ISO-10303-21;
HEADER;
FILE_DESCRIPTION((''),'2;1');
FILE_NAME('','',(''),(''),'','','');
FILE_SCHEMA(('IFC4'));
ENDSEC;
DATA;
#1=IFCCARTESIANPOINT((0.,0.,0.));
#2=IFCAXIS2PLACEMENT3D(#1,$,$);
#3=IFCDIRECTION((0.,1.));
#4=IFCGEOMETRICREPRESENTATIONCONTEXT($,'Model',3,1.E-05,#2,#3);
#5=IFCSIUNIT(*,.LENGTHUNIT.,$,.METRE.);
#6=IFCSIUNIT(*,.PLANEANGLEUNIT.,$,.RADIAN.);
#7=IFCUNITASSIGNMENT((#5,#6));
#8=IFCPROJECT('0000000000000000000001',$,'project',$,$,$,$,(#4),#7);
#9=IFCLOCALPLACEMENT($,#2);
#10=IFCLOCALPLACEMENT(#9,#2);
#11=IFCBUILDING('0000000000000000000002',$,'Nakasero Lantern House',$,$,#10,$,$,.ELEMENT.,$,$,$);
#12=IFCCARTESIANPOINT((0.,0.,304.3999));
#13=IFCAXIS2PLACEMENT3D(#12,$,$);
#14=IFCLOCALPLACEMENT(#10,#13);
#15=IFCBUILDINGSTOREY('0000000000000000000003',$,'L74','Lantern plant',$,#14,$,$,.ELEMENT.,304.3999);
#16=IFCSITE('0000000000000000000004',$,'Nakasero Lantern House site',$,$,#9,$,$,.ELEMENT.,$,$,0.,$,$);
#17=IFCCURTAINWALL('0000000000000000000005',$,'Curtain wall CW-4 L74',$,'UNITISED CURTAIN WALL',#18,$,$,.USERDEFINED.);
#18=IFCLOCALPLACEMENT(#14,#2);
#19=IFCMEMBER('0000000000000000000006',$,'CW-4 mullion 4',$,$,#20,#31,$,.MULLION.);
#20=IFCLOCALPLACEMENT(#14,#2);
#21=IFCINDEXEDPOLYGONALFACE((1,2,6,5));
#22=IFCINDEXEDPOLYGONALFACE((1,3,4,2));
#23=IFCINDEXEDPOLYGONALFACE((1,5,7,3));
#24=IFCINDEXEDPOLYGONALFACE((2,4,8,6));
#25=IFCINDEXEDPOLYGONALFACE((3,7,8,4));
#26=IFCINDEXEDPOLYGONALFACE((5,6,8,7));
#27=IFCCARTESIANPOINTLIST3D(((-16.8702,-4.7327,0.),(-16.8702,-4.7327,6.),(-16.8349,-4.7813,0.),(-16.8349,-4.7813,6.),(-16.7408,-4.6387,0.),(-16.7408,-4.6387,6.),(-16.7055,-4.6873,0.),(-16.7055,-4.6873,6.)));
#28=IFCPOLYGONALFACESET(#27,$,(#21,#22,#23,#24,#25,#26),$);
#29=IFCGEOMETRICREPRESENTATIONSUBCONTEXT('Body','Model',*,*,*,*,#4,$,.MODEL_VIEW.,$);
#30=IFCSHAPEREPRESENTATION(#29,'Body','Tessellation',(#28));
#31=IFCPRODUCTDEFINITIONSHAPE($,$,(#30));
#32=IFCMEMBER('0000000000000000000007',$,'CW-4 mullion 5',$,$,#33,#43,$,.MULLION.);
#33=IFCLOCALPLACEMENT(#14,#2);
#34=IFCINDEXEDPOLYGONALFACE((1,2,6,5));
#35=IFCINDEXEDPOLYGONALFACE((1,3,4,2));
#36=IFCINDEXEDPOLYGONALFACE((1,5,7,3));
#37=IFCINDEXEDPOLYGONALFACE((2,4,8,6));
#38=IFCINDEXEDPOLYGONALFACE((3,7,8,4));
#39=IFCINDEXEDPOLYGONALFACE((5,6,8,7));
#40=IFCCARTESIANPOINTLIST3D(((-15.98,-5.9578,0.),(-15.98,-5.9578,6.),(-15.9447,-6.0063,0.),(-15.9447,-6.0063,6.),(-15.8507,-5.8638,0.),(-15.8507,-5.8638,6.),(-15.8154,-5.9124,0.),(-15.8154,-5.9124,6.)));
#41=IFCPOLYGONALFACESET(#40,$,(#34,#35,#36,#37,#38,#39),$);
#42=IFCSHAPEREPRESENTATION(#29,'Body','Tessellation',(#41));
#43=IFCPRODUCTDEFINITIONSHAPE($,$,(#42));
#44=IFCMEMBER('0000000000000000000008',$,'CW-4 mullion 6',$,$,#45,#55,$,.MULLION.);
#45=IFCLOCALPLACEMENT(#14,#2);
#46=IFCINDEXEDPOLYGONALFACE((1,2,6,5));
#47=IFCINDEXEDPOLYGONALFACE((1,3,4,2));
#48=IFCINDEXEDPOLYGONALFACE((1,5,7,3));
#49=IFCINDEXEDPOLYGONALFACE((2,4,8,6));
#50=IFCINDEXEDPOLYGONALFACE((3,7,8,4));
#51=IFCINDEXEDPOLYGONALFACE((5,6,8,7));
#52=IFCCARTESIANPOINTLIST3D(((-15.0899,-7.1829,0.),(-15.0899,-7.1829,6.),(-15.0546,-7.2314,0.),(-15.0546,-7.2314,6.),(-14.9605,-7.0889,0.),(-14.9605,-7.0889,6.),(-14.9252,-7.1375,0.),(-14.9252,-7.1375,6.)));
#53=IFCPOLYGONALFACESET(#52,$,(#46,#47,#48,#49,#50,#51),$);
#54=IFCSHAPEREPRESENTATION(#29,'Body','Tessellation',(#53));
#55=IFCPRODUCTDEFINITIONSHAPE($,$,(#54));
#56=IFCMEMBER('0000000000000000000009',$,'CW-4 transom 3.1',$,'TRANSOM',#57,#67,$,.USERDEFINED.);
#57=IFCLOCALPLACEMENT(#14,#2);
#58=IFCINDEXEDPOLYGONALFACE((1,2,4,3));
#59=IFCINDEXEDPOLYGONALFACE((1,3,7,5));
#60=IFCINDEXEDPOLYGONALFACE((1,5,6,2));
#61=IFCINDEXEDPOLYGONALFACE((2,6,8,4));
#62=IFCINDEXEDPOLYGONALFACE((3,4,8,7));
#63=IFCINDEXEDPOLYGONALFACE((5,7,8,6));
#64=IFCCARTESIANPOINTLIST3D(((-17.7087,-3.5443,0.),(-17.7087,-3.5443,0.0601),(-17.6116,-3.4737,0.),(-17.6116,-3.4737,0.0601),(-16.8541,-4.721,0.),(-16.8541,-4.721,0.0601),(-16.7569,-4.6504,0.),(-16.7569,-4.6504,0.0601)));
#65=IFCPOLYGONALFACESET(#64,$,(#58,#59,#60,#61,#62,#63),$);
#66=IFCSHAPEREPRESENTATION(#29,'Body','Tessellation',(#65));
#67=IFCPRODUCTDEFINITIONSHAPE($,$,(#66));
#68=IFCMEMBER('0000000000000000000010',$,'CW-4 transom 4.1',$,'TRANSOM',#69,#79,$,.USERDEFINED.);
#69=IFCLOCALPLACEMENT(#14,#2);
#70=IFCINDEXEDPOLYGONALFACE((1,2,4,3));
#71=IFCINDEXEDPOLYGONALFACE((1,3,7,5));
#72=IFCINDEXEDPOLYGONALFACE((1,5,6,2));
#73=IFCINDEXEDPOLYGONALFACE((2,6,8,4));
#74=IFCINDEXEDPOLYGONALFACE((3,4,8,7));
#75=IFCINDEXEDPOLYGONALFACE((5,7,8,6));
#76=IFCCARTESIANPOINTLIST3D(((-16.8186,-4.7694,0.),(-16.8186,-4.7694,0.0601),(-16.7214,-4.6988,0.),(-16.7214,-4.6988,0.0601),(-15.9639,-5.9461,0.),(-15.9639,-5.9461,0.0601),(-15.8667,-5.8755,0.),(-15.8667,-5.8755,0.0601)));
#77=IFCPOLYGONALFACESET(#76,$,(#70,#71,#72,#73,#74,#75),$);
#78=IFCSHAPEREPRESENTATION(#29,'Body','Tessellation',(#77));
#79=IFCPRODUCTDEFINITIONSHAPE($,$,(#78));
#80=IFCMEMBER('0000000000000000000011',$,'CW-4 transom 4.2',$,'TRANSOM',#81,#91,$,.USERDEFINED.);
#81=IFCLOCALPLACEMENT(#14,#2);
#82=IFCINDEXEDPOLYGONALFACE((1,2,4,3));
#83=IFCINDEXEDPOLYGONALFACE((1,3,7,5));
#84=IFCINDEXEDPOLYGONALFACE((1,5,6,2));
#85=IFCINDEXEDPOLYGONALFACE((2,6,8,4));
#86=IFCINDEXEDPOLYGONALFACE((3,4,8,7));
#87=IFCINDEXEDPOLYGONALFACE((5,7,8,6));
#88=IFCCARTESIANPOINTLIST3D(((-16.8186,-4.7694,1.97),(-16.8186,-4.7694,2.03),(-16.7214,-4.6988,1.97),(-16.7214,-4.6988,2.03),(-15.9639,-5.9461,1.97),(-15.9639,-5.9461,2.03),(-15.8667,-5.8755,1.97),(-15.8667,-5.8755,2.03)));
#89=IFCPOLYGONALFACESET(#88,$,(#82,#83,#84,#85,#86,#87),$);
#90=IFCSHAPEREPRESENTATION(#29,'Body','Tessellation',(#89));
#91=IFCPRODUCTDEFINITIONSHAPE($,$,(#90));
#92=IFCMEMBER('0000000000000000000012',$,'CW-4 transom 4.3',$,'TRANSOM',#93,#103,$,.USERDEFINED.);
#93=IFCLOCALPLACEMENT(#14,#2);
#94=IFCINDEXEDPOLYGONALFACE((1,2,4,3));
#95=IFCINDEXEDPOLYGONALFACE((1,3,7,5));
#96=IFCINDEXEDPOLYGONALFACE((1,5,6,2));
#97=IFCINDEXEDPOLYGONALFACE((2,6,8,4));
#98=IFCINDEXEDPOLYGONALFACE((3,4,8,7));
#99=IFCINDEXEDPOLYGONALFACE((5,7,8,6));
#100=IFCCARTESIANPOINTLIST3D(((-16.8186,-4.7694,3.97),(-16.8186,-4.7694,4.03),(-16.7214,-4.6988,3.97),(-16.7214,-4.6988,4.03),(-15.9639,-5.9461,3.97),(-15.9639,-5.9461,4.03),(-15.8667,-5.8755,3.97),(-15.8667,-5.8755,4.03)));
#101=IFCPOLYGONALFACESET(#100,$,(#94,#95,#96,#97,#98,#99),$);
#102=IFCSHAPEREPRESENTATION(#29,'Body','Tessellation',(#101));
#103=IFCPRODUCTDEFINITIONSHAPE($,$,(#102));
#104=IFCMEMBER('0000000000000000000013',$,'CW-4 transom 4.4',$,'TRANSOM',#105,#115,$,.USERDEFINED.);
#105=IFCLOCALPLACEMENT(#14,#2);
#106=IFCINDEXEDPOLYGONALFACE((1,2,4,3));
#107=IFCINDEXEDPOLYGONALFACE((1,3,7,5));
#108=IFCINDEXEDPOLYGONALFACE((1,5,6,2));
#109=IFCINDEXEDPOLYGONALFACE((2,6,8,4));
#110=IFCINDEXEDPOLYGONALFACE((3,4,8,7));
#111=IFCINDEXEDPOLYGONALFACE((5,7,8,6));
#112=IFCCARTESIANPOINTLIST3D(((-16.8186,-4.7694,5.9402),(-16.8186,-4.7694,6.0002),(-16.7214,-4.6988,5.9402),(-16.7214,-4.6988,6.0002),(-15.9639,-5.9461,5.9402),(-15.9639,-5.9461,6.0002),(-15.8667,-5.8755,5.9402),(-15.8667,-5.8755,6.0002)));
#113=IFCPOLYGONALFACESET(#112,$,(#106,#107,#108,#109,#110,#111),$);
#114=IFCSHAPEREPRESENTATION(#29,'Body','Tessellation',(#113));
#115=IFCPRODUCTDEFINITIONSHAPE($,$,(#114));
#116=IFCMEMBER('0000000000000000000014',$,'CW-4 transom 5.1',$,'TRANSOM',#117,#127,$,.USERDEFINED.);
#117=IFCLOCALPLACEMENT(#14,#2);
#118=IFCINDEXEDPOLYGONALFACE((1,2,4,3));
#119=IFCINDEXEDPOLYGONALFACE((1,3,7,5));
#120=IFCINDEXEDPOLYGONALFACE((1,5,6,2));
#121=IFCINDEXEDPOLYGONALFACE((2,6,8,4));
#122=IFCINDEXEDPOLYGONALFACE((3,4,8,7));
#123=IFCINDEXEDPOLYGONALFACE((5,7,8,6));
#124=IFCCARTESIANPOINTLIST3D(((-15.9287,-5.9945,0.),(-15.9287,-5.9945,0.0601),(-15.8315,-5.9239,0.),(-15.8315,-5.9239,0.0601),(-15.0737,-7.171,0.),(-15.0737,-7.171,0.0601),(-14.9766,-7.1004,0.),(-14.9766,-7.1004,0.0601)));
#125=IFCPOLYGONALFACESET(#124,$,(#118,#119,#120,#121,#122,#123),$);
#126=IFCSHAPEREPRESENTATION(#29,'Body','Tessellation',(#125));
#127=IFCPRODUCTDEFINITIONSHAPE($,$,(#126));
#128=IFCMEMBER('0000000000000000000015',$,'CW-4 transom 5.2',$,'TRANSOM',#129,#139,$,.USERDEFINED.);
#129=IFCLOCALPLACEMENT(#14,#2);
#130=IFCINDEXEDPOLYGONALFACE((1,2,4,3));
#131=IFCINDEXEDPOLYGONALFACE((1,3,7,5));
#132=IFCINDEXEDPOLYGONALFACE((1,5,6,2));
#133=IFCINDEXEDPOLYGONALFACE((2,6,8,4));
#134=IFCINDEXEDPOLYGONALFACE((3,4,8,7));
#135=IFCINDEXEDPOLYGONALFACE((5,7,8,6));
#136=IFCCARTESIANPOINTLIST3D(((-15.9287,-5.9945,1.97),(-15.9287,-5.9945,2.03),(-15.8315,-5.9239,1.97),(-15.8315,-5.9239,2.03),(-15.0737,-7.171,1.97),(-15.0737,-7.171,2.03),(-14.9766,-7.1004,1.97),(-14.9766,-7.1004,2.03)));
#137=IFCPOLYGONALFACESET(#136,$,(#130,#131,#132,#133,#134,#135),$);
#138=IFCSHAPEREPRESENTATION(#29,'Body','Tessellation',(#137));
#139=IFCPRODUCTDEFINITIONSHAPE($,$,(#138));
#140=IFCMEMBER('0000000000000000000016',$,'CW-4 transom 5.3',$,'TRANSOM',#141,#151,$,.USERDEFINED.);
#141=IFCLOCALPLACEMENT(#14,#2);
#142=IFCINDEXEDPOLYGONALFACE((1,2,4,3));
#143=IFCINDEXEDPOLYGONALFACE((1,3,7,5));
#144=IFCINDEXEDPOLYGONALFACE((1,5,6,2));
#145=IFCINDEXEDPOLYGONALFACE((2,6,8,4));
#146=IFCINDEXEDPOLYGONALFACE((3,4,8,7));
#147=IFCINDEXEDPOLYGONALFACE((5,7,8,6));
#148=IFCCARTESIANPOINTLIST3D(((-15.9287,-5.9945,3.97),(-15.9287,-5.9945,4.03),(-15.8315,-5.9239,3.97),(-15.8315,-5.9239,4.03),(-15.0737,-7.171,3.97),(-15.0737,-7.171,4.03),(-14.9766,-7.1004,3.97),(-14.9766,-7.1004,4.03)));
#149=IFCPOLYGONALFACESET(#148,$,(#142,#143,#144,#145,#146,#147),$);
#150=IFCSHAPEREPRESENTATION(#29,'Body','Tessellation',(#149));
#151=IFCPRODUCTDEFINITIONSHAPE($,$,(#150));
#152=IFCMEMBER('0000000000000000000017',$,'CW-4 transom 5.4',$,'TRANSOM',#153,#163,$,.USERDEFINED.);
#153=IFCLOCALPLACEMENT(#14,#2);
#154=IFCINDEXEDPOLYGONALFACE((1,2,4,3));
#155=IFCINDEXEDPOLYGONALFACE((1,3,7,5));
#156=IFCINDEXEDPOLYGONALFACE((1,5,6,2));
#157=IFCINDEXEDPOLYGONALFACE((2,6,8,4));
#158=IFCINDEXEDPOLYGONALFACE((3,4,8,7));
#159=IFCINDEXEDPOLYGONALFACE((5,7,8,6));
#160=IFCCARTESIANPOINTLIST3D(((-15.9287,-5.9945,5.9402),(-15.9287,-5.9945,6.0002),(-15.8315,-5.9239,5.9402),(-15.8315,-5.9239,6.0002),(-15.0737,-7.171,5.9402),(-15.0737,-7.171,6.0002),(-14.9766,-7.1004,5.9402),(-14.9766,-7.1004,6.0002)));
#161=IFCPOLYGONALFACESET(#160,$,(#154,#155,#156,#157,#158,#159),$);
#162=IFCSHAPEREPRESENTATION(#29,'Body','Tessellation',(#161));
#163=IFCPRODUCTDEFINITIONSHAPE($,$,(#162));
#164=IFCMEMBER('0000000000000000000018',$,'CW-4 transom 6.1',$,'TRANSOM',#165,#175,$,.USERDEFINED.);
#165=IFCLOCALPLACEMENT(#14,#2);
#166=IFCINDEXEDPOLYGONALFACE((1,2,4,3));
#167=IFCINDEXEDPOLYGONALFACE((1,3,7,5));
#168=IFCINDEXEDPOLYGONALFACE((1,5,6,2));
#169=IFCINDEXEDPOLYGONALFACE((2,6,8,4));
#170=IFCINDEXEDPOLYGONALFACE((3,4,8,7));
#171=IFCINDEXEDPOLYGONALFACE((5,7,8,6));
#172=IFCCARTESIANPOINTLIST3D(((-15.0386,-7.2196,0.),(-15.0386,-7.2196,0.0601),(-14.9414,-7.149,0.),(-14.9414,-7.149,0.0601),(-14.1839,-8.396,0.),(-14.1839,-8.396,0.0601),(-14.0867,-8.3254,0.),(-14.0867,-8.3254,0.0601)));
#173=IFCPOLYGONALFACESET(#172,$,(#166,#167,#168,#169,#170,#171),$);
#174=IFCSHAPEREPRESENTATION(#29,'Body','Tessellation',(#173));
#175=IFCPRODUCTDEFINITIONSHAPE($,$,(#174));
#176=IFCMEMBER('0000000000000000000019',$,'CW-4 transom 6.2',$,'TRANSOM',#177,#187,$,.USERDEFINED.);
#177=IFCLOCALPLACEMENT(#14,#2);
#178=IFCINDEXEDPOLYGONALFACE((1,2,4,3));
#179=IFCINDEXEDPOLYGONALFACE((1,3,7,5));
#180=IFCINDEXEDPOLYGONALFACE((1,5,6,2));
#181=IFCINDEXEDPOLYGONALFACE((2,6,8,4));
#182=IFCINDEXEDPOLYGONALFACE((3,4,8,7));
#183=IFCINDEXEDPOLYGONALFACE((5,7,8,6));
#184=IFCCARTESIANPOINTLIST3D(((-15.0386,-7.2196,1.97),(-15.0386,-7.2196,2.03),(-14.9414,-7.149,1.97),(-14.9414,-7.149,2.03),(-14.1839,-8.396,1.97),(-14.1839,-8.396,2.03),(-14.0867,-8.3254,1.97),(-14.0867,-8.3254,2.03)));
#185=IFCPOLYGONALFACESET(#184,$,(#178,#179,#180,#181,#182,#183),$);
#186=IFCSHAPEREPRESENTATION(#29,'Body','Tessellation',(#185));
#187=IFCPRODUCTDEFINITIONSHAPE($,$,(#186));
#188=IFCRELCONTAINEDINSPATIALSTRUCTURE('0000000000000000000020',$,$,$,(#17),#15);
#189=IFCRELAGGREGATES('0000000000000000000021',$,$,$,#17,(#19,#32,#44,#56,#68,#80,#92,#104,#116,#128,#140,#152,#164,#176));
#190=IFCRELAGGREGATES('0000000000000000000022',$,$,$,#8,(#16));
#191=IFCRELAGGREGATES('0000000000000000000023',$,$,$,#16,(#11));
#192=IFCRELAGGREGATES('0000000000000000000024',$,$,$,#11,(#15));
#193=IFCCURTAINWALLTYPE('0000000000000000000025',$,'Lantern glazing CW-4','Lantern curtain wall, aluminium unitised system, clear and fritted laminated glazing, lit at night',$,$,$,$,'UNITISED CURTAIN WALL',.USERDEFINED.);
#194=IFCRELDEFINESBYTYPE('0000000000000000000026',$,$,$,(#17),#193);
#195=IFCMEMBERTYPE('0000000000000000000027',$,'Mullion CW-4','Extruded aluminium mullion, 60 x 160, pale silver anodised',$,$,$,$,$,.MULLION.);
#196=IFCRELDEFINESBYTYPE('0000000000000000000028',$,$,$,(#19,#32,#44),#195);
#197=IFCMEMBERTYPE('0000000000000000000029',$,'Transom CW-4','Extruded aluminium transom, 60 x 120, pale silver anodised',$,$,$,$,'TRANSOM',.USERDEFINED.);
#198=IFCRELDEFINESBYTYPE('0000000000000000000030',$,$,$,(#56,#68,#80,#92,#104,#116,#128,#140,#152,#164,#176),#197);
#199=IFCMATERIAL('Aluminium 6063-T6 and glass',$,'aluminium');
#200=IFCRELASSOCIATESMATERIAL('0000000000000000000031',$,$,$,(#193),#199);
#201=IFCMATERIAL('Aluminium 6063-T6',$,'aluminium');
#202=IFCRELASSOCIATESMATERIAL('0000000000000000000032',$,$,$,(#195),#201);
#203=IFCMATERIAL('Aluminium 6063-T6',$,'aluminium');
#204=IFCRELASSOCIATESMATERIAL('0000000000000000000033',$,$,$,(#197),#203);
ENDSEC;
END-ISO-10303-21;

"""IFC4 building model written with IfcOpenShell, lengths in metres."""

from ifc_helpers import new_model, si_unit, direction, frame, origin, origin_2d, place, context, subcontext, project, spatial, rectangle, extrude, material, material_profile, profile_set, type_object, element, aggregate, save


model = new_model("IFC4")

# Units and contexts
model_context = context("Model", 3, precision=1e-05, world=origin(), true_north=direction((0.0, 1.0)))
body_context = subcontext(model_context, "Body", "Model", "MODEL_VIEW")
ifc_project = project(units=[si_unit("LENGTHUNIT", "METRE"), si_unit("PLANEANGLEUNIT", "RADIAN")], contexts=[model_context])

# Site, building, storey
site_placement = place(None, origin())
site = spatial("IfcSite", under=ifc_project, at=site_placement, Name="Nakasero Lantern House site", CompositionType="ELEMENT", RefElevation=0.0)
building_placement = place(site_placement, origin())
building = spatial("IfcBuilding", under=site, at=building_placement, Name="Nakasero Lantern House", CompositionType="ELEMENT")
storey_placement = place(building_placement, frame((0.0, 0.0, 304.3999)))
storey = spatial("IfcBuildingStorey", under=building, at=storey_placement, Name="L74", Description="Lantern plant", CompositionType="ELEMENT", Elevation=304.3999)

# Curtain wall, members
ifc_material_1 = material(Name="Aluminium 6063-T6 and glass", Category="aluminium")
curtain_wall_type = type_object("IfcCurtainWallType", Name="Lantern glazing CW-4", Description="Lantern curtain wall, aluminium unitised system, clear and fritted laminated glazing, lit at night", ElementType="UNITISED CURTAIN WALL", PredefinedType="USERDEFINED", material=ifc_material_1)
curtain_wall_placement = place(storey_placement, origin())
curtain_wall = element("IfcCurtainWall", 1, at=curtain_wall_placement, inside=storey, type_object=curtain_wall_type, Name="Curtain wall CW-4 L74", ObjectType="UNITISED CURTAIN WALL", PredefinedType="USERDEFINED")
ifc_material_2 = material(Name="Aluminium 6063-T6", Category="aluminium")
ifc_material_profile_1 = material_profile(ifc_material_2, rectangle(XDim=0.0601, YDim=0.1599, at=origin_2d()), Name="CW-4 mullion 60x160")
ifc_profile_set_1 = profile_set([ifc_material_profile_1], Name="Aluminium 6063-T6")
member_type_1 = type_object("IfcMemberType", Name="Mullion CW-4", Description="Extruded aluminium mullion, 60 x 160, pale silver anodised", PredefinedType="MULLION", material=ifc_profile_set_1)
member_1_placement = place(storey_placement, frame((-16.7878, -4.71, 0.0), z_axis=(0.0, 0.0, 1.0), x_axis=(0.587785, -0.809017, 0.0)))
member_1 = element("IfcMember", 2, at=member_1_placement, type_object=member_type_1, Name="CW-4 mullion 4", PredefinedType="MULLION", context=body_context, shape_type="SweptSolid", body=[
    extrude(rectangle(XDim=0.0601, YDim=0.1599, at=origin_2d()), origin(), (0.0, 0.0, 1.0), 6.0),
])
member_2_placement = place(storey_placement, frame((-15.8977, -5.9351, 0.0), z_axis=(0.0, 0.0, 1.0), x_axis=(0.587785, -0.809017, 0.0)))
member_2 = element("IfcMember", 3, at=member_2_placement, type_object=member_type_1, Name="CW-4 mullion 5", PredefinedType="MULLION", context=body_context, shape_type="SweptSolid", body=[
    extrude(rectangle(XDim=0.0601, YDim=0.1599, at=origin_2d()), origin(), (0.0, 0.0, 1.0), 6.0),
])
member_3_placement = place(storey_placement, frame((-15.0076, -7.1602, 0.0), z_axis=(0.0, 0.0, 1.0), x_axis=(0.587785, -0.809017, 0.0)))
member_3 = element("IfcMember", 4, at=member_3_placement, type_object=member_type_1, Name="CW-4 mullion 6", PredefinedType="MULLION", context=body_context, shape_type="SweptSolid", body=[
    extrude(rectangle(XDim=0.0601, YDim=0.1599, at=origin_2d()), origin(), (0.0, 0.0, 1.0), 6.0),
])
ifc_material_3 = material(Name="Aluminium 6063-T6", Category="aluminium")
ifc_material_profile_2 = material_profile(ifc_material_3, rectangle(XDim=0.0601, YDim=0.1201, at=origin_2d()), Name="CW-4 transom 60x120")
ifc_profile_set_2 = profile_set([ifc_material_profile_2], Name="Aluminium 6063-T6")
member_type_2 = type_object("IfcMemberType", Name="Transom CW-4", Description="Extruded aluminium transom, 60 x 120, pale silver anodised", ElementType="TRANSOM", PredefinedType="USERDEFINED", material=ifc_profile_set_2)
member_4_placement = place(storey_placement, frame((-17.6602, -3.509, 0.03), z_axis=(0.587683, -0.809092, 0.0), x_axis=(0.0, 0.0, 1.0)))
member_4 = element("IfcMember", 5, at=member_4_placement, type_object=member_type_2, Name="CW-4 transom 3.1", ObjectType="TRANSOM", PredefinedType="USERDEFINED", context=body_context, shape_type="SweptSolid", body=[
    extrude(rectangle(XDim=0.0601, YDim=0.1201, at=origin_2d()), origin(), (0.0, 0.0, 1.0), 1.4543),
])
member_5_placement = place(storey_placement, frame((-16.77, -4.7341, 0.03), z_axis=(0.587683, -0.809092, 0.0), x_axis=(0.0, 0.0, 1.0)))
member_5 = element("IfcMember", 6, at=member_5_placement, type_object=member_type_2, Name="CW-4 transom 4.1", ObjectType="TRANSOM", PredefinedType="USERDEFINED", context=body_context, shape_type="SweptSolid", body=[
    extrude(rectangle(XDim=0.0601, YDim=0.1201, at=origin_2d()), origin(), (0.0, 0.0, 1.0), 1.4543),
])
member_6_placement = place(storey_placement, frame((-16.77, -4.7341, 2.0), z_axis=(0.587683, -0.809092, 0.0), x_axis=(0.0, 0.0, 1.0)))
member_6 = element("IfcMember", 7, at=member_6_placement, type_object=member_type_2, Name="CW-4 transom 4.2", ObjectType="TRANSOM", PredefinedType="USERDEFINED", context=body_context, shape_type="SweptSolid", body=[
    extrude(rectangle(XDim=0.0601, YDim=0.1201, at=origin_2d()), origin(), (0.0, 0.0, 1.0), 1.4543),
])
member_7_placement = place(storey_placement, frame((-16.77, -4.7341, 4.0), z_axis=(0.587683, -0.809092, 0.0), x_axis=(0.0, 0.0, 1.0)))
member_7 = element("IfcMember", 8, at=member_7_placement, type_object=member_type_2, Name="CW-4 transom 4.3", ObjectType="TRANSOM", PredefinedType="USERDEFINED", context=body_context, shape_type="SweptSolid", body=[
    extrude(rectangle(XDim=0.0601, YDim=0.1201, at=origin_2d()), origin(), (0.0, 0.0, 1.0), 1.4543),
])
member_8_placement = place(storey_placement, frame((-16.77, -4.7341, 5.9702), z_axis=(0.587683, -0.809092, 0.0), x_axis=(0.0, 0.0, 1.0)))
member_8 = element("IfcMember", 9, at=member_8_placement, type_object=member_type_2, Name="CW-4 transom 4.4", ObjectType="TRANSOM", PredefinedType="USERDEFINED", context=body_context, shape_type="SweptSolid", body=[
    extrude(rectangle(XDim=0.0601, YDim=0.1201, at=origin_2d()), origin(), (0.0, 0.0, 1.0), 1.4543),
])
member_9_placement = place(storey_placement, frame((-15.8801, -5.9592, 0.03), z_axis=(0.587872, -0.808954, 0.0), x_axis=(0.0, 0.0, 1.0)))
member_9 = element("IfcMember", 10, at=member_9_placement, type_object=member_type_2, Name="CW-4 transom 5.1", ObjectType="TRANSOM", PredefinedType="USERDEFINED", context=body_context, shape_type="SweptSolid", body=[
    extrude(rectangle(XDim=0.0601, YDim=0.1201, at=origin_2d()), origin(), (0.0, 0.0, 1.0), 1.4543),
])
member_10_placement = place(storey_placement, frame((-15.8801, -5.9592, 2.0), z_axis=(0.587872, -0.808954, 0.0), x_axis=(0.0, 0.0, 1.0)))
member_10 = element("IfcMember", 11, at=member_10_placement, type_object=member_type_2, Name="CW-4 transom 5.2", ObjectType="TRANSOM", PredefinedType="USERDEFINED", context=body_context, shape_type="SweptSolid", body=[
    extrude(rectangle(XDim=0.0601, YDim=0.1201, at=origin_2d()), origin(), (0.0, 0.0, 1.0), 1.4543),
])
member_11_placement = place(storey_placement, frame((-15.8801, -5.9592, 4.0), z_axis=(0.587872, -0.808954, 0.0), x_axis=(0.0, 0.0, 1.0)))
member_11 = element("IfcMember", 12, at=member_11_placement, type_object=member_type_2, Name="CW-4 transom 5.3", ObjectType="TRANSOM", PredefinedType="USERDEFINED", context=body_context, shape_type="SweptSolid", body=[
    extrude(rectangle(XDim=0.0601, YDim=0.1201, at=origin_2d()), origin(), (0.0, 0.0, 1.0), 1.4543),
])
member_12_placement = place(storey_placement, frame((-15.8801, -5.9592, 5.9702), z_axis=(0.587872, -0.808954, 0.0), x_axis=(0.0, 0.0, 1.0)))
member_12 = element("IfcMember", 13, at=member_12_placement, type_object=member_type_2, Name="CW-4 transom 5.4", ObjectType="TRANSOM", PredefinedType="USERDEFINED", context=body_context, shape_type="SweptSolid", body=[
    extrude(rectangle(XDim=0.0601, YDim=0.1201, at=origin_2d()), origin(), (0.0, 0.0, 1.0), 1.4543),
])
member_13_placement = place(storey_placement, frame((-14.99, -7.1843, 0.03), z_axis=(0.587762, -0.809034, 0.0), x_axis=(0.0, 0.0, 1.0)))
member_13 = element("IfcMember", 14, at=member_13_placement, type_object=member_type_2, Name="CW-4 transom 6.1", ObjectType="TRANSOM", PredefinedType="USERDEFINED", context=body_context, shape_type="SweptSolid", body=[
    extrude(rectangle(XDim=0.0601, YDim=0.1201, at=origin_2d()), origin(), (0.0, 0.0, 1.0), 1.4541),
])
member_14_placement = place(storey_placement, frame((-14.99, -7.1843, 2.0), z_axis=(0.587762, -0.809034, 0.0), x_axis=(0.0, 0.0, 1.0)))
member_14 = element("IfcMember", 15, at=member_14_placement, type_object=member_type_2, Name="CW-4 transom 6.2", ObjectType="TRANSOM", PredefinedType="USERDEFINED", context=body_context, shape_type="SweptSolid", body=[
    extrude(rectangle(XDim=0.0601, YDim=0.1201, at=origin_2d()), origin(), (0.0, 0.0, 1.0), 1.4541),
])
aggregate(curtain_wall, [member_1, member_2, member_3, member_4, member_5, member_6, member_7, member_8, member_9, member_10, member_11, member_12, member_13, member_14])

save(model, "model.ifc")
